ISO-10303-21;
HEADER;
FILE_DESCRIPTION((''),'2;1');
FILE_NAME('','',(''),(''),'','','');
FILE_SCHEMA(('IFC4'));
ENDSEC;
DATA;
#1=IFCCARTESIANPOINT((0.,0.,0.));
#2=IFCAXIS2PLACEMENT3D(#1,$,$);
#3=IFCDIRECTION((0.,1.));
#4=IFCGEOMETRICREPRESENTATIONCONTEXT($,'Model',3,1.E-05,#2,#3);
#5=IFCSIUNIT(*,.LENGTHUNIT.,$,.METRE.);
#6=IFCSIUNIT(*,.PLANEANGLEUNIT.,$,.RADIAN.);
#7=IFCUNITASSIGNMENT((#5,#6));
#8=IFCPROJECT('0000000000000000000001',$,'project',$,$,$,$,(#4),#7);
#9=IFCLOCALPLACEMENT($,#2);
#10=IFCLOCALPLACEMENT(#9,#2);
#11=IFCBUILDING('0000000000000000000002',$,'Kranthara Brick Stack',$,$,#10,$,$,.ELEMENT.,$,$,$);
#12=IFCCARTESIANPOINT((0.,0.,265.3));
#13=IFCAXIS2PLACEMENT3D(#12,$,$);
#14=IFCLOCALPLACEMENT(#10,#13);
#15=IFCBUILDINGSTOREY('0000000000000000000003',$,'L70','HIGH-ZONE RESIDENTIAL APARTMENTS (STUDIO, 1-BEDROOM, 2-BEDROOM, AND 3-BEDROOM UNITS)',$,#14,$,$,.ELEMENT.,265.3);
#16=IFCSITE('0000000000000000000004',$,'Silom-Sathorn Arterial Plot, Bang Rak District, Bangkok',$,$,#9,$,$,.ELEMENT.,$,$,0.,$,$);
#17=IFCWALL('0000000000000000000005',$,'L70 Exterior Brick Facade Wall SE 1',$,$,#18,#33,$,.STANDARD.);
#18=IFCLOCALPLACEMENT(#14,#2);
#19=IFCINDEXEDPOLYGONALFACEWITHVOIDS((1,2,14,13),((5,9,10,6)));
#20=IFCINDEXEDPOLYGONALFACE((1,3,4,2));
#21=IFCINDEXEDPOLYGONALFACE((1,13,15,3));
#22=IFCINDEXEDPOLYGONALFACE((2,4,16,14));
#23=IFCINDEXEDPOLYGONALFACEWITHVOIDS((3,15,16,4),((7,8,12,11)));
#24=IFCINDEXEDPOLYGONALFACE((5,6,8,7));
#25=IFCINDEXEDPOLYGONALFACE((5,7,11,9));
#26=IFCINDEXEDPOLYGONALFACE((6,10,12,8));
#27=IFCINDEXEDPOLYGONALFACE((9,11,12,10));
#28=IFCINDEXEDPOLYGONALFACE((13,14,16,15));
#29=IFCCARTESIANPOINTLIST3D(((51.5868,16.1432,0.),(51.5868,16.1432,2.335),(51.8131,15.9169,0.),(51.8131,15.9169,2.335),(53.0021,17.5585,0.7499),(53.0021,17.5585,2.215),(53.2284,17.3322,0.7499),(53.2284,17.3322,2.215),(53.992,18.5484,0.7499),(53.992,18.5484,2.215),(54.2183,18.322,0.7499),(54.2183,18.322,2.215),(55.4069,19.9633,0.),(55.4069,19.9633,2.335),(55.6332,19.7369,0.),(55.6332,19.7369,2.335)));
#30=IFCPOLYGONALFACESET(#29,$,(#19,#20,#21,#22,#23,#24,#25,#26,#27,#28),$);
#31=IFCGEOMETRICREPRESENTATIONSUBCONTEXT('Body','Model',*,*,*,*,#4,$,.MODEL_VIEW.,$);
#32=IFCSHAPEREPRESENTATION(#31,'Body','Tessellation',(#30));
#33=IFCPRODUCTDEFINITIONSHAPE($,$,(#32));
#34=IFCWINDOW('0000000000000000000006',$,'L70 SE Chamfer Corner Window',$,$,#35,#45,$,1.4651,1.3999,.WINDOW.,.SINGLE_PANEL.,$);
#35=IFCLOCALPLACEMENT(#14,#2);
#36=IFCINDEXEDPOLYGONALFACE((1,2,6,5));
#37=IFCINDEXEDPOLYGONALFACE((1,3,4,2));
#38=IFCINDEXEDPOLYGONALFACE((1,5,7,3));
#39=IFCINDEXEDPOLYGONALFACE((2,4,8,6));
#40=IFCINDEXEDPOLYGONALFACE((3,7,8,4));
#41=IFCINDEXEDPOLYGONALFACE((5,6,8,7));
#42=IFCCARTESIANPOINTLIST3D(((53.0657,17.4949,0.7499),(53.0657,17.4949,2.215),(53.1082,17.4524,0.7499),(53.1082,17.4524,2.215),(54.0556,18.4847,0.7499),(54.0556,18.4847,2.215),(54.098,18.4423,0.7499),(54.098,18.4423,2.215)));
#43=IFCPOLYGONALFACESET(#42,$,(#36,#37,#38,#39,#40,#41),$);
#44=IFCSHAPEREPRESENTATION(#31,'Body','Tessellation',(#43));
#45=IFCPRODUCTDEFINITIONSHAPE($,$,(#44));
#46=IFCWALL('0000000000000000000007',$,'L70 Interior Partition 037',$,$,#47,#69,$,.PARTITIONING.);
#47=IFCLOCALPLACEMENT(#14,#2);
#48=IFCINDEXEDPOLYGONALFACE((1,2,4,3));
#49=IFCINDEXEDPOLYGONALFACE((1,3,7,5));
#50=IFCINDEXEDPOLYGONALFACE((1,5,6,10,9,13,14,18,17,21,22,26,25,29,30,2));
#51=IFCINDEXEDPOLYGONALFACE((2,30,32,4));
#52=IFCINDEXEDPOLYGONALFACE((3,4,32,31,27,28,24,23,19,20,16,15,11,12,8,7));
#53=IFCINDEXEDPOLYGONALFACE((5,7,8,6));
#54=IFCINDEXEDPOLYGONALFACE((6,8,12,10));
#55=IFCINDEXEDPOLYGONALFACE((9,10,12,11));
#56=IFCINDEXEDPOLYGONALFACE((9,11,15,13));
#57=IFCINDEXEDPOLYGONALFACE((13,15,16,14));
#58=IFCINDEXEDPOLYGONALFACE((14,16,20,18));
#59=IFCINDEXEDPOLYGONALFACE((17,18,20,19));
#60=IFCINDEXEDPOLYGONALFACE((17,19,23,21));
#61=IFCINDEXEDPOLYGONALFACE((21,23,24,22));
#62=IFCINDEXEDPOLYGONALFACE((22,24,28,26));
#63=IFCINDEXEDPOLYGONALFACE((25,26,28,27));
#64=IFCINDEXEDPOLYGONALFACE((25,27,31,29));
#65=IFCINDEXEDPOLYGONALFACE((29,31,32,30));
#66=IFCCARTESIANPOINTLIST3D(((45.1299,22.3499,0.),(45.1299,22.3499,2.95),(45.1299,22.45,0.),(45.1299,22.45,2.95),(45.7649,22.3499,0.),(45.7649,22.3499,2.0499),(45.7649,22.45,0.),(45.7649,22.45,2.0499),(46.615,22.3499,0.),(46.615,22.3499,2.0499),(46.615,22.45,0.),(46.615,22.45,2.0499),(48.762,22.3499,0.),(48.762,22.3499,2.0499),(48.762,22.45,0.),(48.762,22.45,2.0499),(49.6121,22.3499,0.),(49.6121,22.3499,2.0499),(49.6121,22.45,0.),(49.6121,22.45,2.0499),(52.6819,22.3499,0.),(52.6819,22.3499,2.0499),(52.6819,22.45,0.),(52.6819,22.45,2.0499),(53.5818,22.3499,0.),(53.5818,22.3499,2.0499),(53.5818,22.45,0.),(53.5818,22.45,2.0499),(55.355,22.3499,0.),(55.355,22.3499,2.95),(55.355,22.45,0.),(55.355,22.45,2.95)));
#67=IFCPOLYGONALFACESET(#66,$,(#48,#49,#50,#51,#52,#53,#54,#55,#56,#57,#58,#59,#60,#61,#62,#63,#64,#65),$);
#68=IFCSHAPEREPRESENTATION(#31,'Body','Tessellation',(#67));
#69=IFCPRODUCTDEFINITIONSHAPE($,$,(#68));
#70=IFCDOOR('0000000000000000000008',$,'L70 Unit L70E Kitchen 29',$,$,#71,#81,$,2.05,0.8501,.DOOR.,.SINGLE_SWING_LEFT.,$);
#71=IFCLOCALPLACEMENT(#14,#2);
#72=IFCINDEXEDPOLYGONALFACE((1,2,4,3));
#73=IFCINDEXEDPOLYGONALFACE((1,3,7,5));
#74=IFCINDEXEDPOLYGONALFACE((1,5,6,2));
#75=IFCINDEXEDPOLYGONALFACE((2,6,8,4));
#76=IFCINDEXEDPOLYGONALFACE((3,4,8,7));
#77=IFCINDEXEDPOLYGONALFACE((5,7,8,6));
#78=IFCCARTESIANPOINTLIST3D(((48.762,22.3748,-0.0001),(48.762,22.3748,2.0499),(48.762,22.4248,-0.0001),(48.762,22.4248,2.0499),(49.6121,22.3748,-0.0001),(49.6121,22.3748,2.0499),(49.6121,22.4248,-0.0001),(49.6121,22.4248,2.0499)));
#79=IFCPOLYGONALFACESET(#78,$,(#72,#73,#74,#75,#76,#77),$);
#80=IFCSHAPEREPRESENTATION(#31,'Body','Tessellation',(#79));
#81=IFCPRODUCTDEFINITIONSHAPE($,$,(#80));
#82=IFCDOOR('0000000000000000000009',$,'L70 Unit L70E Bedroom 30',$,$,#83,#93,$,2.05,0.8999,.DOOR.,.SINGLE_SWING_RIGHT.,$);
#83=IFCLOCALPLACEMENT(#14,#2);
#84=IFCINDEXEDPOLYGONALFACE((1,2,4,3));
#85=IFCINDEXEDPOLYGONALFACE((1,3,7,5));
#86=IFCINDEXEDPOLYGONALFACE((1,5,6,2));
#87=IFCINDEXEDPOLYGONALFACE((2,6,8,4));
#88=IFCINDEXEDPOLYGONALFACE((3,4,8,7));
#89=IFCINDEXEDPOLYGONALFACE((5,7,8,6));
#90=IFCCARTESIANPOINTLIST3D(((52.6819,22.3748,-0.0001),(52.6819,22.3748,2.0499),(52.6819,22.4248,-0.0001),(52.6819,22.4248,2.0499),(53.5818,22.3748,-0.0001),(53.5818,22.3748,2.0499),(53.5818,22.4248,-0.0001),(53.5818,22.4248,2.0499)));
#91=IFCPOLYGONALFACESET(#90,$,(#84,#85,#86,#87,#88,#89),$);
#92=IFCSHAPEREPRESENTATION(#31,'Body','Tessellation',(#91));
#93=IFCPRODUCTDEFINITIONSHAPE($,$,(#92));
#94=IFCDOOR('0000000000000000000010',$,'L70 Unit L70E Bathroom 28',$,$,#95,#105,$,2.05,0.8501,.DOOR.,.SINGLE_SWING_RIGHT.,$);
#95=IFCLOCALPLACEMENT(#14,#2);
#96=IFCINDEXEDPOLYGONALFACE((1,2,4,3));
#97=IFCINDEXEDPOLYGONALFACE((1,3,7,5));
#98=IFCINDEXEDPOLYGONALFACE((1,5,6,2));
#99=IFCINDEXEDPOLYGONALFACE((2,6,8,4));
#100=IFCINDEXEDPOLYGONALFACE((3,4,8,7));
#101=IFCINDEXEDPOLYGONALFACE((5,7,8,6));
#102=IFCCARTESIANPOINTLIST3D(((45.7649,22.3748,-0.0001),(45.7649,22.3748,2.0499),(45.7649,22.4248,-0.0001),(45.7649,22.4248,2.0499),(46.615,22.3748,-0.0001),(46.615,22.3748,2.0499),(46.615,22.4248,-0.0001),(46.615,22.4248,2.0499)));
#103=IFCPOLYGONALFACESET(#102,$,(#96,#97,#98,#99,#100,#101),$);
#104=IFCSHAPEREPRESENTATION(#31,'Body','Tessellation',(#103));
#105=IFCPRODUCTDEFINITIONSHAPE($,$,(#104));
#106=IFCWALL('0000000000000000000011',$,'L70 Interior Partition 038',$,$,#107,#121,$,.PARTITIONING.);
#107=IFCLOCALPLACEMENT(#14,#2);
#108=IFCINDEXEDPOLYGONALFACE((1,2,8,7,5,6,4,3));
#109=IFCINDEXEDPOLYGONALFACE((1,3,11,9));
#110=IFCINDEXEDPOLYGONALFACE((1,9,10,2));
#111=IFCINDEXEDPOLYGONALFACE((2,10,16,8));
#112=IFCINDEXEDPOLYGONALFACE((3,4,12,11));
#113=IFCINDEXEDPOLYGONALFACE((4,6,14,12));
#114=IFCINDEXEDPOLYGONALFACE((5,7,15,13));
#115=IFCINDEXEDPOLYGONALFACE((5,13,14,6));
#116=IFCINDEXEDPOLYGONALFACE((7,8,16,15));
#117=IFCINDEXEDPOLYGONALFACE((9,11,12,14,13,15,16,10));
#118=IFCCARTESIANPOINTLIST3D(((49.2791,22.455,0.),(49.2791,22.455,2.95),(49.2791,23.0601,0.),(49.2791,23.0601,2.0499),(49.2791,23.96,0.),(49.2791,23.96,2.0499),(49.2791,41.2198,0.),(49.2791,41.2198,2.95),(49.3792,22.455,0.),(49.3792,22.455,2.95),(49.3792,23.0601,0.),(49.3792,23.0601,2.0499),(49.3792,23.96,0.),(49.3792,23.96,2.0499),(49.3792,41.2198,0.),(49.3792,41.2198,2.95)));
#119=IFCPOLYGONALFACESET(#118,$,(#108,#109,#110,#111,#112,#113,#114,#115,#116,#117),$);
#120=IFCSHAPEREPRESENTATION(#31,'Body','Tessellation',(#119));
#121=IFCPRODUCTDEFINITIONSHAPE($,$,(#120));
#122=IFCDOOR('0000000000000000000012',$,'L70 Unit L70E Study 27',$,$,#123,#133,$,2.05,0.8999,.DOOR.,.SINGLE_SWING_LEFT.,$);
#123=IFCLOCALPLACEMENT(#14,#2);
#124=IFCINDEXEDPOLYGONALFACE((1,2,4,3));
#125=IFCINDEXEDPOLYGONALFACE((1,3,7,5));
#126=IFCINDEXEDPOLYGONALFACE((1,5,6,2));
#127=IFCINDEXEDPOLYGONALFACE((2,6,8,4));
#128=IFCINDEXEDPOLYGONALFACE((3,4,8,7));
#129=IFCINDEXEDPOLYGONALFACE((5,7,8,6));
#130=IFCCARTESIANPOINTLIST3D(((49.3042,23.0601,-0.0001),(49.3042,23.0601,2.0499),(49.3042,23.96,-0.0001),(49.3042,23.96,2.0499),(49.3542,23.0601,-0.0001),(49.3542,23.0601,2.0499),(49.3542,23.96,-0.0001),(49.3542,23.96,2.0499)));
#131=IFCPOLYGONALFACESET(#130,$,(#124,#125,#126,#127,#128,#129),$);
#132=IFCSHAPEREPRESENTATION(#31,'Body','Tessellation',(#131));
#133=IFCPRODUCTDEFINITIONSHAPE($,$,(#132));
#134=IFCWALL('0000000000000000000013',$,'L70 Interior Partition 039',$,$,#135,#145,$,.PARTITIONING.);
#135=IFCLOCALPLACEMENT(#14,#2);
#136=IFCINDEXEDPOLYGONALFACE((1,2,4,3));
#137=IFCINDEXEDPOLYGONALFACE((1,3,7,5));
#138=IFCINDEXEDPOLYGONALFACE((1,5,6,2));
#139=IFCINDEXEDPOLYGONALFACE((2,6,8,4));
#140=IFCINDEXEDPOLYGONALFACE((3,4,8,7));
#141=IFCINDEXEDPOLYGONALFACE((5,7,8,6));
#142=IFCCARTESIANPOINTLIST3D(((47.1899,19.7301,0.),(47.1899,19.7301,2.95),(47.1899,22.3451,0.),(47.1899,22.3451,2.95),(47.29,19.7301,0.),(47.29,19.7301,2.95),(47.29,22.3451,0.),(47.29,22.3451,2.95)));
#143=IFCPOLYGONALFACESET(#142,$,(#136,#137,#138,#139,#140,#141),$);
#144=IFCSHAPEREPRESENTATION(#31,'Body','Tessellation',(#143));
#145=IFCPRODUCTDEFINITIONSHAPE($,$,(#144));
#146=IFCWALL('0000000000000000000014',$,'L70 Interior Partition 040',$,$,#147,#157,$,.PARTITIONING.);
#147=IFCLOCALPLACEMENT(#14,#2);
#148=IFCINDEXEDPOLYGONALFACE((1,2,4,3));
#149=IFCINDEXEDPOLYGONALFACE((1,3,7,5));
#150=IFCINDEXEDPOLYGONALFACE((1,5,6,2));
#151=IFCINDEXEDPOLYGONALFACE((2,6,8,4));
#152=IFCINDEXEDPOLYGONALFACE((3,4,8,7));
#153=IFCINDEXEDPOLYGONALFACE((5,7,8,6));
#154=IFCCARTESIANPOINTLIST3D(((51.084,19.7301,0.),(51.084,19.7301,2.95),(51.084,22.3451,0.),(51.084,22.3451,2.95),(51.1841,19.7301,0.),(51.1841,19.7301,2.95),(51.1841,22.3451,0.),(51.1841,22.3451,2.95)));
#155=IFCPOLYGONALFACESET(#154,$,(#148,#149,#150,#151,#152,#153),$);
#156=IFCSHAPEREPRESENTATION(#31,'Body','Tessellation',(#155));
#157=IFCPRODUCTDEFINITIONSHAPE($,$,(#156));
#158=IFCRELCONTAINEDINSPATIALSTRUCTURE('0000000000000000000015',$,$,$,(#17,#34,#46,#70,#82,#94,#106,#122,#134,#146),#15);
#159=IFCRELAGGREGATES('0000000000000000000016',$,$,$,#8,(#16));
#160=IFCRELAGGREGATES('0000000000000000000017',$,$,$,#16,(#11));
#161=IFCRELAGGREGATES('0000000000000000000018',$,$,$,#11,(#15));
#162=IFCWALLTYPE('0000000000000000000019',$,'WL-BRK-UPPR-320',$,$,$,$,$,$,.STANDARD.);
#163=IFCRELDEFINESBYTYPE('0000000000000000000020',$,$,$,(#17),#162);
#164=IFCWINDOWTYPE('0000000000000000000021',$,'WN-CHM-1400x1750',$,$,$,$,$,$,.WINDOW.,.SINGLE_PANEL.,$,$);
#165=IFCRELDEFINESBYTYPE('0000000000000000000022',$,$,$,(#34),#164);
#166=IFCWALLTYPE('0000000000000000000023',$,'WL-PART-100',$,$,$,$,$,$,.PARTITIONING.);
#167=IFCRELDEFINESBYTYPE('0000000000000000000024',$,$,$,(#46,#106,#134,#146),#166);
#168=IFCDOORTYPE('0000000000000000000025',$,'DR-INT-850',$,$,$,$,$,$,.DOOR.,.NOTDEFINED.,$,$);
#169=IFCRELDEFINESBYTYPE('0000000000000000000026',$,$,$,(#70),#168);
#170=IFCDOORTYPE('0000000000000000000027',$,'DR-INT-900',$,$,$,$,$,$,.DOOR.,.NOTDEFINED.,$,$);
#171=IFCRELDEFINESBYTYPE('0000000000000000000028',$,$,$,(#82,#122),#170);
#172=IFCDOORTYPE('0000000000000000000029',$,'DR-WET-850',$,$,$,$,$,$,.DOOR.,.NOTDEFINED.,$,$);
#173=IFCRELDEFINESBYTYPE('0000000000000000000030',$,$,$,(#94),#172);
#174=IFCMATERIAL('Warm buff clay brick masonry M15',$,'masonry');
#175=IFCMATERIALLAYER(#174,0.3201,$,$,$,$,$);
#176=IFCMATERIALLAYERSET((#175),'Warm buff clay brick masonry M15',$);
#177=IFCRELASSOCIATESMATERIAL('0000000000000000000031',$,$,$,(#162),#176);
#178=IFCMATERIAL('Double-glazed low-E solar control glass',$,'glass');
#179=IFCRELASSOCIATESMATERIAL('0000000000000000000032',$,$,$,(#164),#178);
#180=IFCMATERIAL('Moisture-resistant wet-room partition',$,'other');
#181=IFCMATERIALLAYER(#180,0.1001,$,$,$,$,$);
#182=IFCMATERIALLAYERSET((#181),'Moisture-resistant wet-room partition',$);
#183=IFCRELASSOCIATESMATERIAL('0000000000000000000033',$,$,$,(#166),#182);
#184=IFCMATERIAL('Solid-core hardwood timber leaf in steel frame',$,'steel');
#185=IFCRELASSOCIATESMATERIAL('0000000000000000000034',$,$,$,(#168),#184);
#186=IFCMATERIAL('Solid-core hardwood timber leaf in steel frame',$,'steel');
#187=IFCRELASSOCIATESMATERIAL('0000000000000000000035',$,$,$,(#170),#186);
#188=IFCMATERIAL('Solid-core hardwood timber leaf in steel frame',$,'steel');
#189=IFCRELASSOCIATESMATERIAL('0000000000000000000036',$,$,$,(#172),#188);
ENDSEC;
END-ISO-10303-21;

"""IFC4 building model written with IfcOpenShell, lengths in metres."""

from ifc_helpers import new_model, si_unit, direction, frame, frame_2d, origin, place, context, subcontext, project, spatial, rectangle, extrude, material, layer, layer_set, type_object, element, fill, save


model = new_model("IFC4")

# Units and contexts
model_context = context("Model", 3, precision=1e-05, world=origin(), true_north=direction((0.0, 1.0)))
body_context = subcontext(model_context, "Body", "Model", "MODEL_VIEW")
ifc_project = project(units=[si_unit("LENGTHUNIT", "METRE"), si_unit("PLANEANGLEUNIT", "RADIAN")], contexts=[model_context])

# Site, building, storey
site_placement = place(None, origin())
site = spatial("IfcSite", under=ifc_project, at=site_placement, Name="Silom-Sathorn Arterial Plot, Bang Rak District, Bangkok", CompositionType="ELEMENT", RefElevation=0.0)
building_placement = place(site_placement, origin())
building = spatial("IfcBuilding", under=site, at=building_placement, Name="Kranthara Brick Stack", CompositionType="ELEMENT")
storey_placement = place(building_placement, frame((0.0, 0.0, 265.3)))
storey = spatial("IfcBuildingStorey", under=building, at=storey_placement, Name="L70", Description="HIGH-ZONE RESIDENTIAL APARTMENTS (STUDIO, 1-BEDROOM, 2-BEDROOM, AND 3-BEDROOM UNITS)", CompositionType="ELEMENT", Elevation=265.3)

# Shared definitions
ifc_material_1 = material(Name="Warm buff clay brick masonry M15", Category="masonry")
ifc_layer_1 = layer(ifc_material_1, 0.3201)
ifc_layer_set_1 = layer_set([ifc_layer_1], Name="Warm buff clay brick masonry M15")
wall_type_1 = type_object("IfcWallType", Name="WL-BRK-UPPR-320", PredefinedType="STANDARD", material=ifc_layer_set_1)

# Wall, opening, window
wall_1_placement = place(storey_placement, frame((55.52, 19.8501, 0.0), z_axis=(0.0, 0.0, 1.0), x_axis=(-0.707107, -0.707107, 0.0)))
wall_1 = element("IfcWall", 1, at=wall_1_placement, inside=storey, type_object=wall_type_1, Name="L70 Exterior Brick Facade Wall SE 1", PredefinedType="STANDARD", context=body_context, shape_type="SweptSolid", body=[
    extrude(rectangle(XDim=5.4023, YDim=0.3201, at=frame_2d((2.7012, 0.0))), origin(), (0.0, 0.0, 1.0), 2.335),
])
opening_1_placement = place(wall_1_placement, frame((2.001, 0.0, 0.75)))
opening_1 = element("IfcOpeningElement", 2, at=opening_1_placement, cuts=wall_1, PredefinedType="OPENING", context=body_context, shape_type="SweptSolid", body=[
    extrude(rectangle(XDim=1.3999, YDim=1.4651, at=frame_2d((0.7, 0.7324))), frame((0.0, 0.1699, 0.0), z_axis=(0.0, -1.0, 0.0), x_axis=(1.0, 0.0, 0.0)), (0.0, 0.0, 1.0), 0.3401),
])
ifc_material_2 = material(Name="Double-glazed low-E solar control glass", Category="glass")
window_type_1 = type_object("IfcWindowType", Name="WN-CHM-1400x1750", PartitioningType="SINGLE_PANEL", PredefinedType="WINDOW", material=ifc_material_2)
window_1_placement = place(opening_1_placement, origin())
window_1 = element("IfcWindow", 3, at=window_1_placement, inside=storey, type_object=window_type_1, Name="L70 SE Chamfer Corner Window", OverallHeight=1.4651, OverallWidth=1.3999, PartitioningType="SINGLE_PANEL", PredefinedType="WINDOW", context=body_context, shape_type="SweptSolid", body=[
    extrude(rectangle(XDim=1.3999, YDim=1.4651, at=frame_2d((0.7, 0.7324))), frame((0.0, -0.01, 0.0), z_axis=(0.0, -1.0, 0.0), x_axis=(1.0, 0.0, 0.0)), (0.0, 0.0, 1.0), 0.0601),
])
fill(opening_1, window_1)

# Wall, openings, doors
ifc_material_3 = material(Name="Moisture-resistant wet-room partition", Category="other")
ifc_layer_2 = layer(ifc_material_3, 0.1001)
ifc_layer_set_2 = layer_set([ifc_layer_2], Name="Moisture-resistant wet-room partition")
wall_type_2 = type_object("IfcWallType", Name="WL-PART-100", PredefinedType="PARTITIONING", material=ifc_layer_set_2)
wall_2_placement = place(storey_placement, frame((45.1299, 22.3999, 0.0), z_axis=(0.0, 0.0, 1.0), x_axis=(1.0, 0.0, 0.0)))
wall_2 = element("IfcWall", 4, at=wall_2_placement, inside=storey, type_object=wall_type_2, Name="L70 Interior Partition 037", PredefinedType="PARTITIONING", context=body_context, shape_type="SweptSolid", body=[
    extrude(rectangle(XDim=10.2251, YDim=0.1001, at=frame_2d((5.1125, 0.0))), origin(), (0.0, 0.0, 1.0), 2.95),
])
opening_2_placement = place(wall_2_placement, frame((0.635, 0.0, 0.0)))
opening_2 = element("IfcOpeningElement", 5, at=opening_2_placement, cuts=wall_2, PredefinedType="OPENING", context=body_context, shape_type="SweptSolid", body=[
    extrude(rectangle(XDim=0.8501, YDim=2.05, at=frame_2d((0.425, 1.0249))), frame((0.0, 0.0601, 0.0), z_axis=(0.0, -1.0, 0.0), x_axis=(1.0, 0.0, 0.0)), (0.0, 0.0, 1.0), 0.1201),
])
opening_3_placement = place(wall_2_placement, frame((3.6321, 0.0, 0.0)))
opening_3 = element("IfcOpeningElement", 6, at=opening_3_placement, cuts=wall_2, PredefinedType="OPENING", context=body_context, shape_type="SweptSolid", body=[
    extrude(rectangle(XDim=0.8501, YDim=2.05, at=frame_2d((0.425, 1.0249))), frame((0.0, 0.0601, 0.0), z_axis=(0.0, -1.0, 0.0), x_axis=(1.0, 0.0, 0.0)), (0.0, 0.0, 1.0), 0.1201),
])
opening_4_placement = place(wall_2_placement, frame((7.552, 0.0, 0.0)))
opening_4 = element("IfcOpeningElement", 7, at=opening_4_placement, cuts=wall_2, PredefinedType="OPENING", context=body_context, shape_type="SweptSolid", body=[
    extrude(rectangle(XDim=0.8999, YDim=2.05, at=frame_2d((0.45, 1.0249))), frame((0.0, 0.0601, 0.0), z_axis=(0.0, -1.0, 0.0), x_axis=(1.0, 0.0, 0.0)), (0.0, 0.0, 1.0), 0.1201),
])
ifc_material_4 = material(Name="Solid-core hardwood timber leaf in steel frame", Category="steel")
door_type_1 = type_object("IfcDoorType", Name="DR-INT-850", OperationType="NOTDEFINED", PredefinedType="DOOR", material=ifc_material_4)
door_1_placement = place(opening_3_placement, origin())
door_1 = element("IfcDoor", 8, at=door_1_placement, inside=storey, type_object=door_type_1, Name="L70 Unit L70E Kitchen 29", OperationType="SINGLE_SWING_LEFT", OverallHeight=2.05, OverallWidth=0.8501, PredefinedType="DOOR", context=body_context, shape_type="SweptSolid", body=[
    extrude(rectangle(XDim=0.8501, YDim=2.05, at=frame_2d((0.425, 1.0249))), frame((0.0, 0.0249, 0.0), z_axis=(0.0, -1.0, 0.0), x_axis=(1.0, 0.0, 0.0)), (0.0, 0.0, 1.0), 0.05),
])
fill(opening_3, door_1)
ifc_material_5 = material(Name="Solid-core hardwood timber leaf in steel frame", Category="steel")
door_type_2 = type_object("IfcDoorType", Name="DR-INT-900", OperationType="NOTDEFINED", PredefinedType="DOOR", material=ifc_material_5)
door_2_placement = place(opening_4_placement, origin())
door_2 = element("IfcDoor", 9, at=door_2_placement, inside=storey, type_object=door_type_2, Name="L70 Unit L70E Bedroom 30", OperationType="SINGLE_SWING_RIGHT", OverallHeight=2.05, OverallWidth=0.8999, PredefinedType="DOOR", context=body_context, shape_type="SweptSolid", body=[
    extrude(rectangle(XDim=0.8999, YDim=2.05, at=frame_2d((0.45, 1.0249))), frame((0.0, 0.0249, 0.0), z_axis=(0.0, -1.0, 0.0), x_axis=(1.0, 0.0, 0.0)), (0.0, 0.0, 1.0), 0.05),
])
fill(opening_4, door_2)
ifc_material_6 = material(Name="Solid-core hardwood timber leaf in steel frame", Category="steel")
door_type_3 = type_object("IfcDoorType", Name="DR-WET-850", OperationType="NOTDEFINED", PredefinedType="DOOR", material=ifc_material_6)
door_3_placement = place(opening_2_placement, origin())
door_3 = element("IfcDoor", 10, at=door_3_placement, inside=storey, type_object=door_type_3, Name="L70 Unit L70E Bathroom 28", OperationType="SINGLE_SWING_RIGHT", OverallHeight=2.05, OverallWidth=0.8501, PredefinedType="DOOR", context=body_context, shape_type="SweptSolid", body=[
    extrude(rectangle(XDim=0.8501, YDim=2.05, at=frame_2d((0.425, 1.0249))), frame((0.0, 0.0249, 0.0), z_axis=(0.0, -1.0, 0.0), x_axis=(1.0, 0.0, 0.0)), (0.0, 0.0, 1.0), 0.05),
])
fill(opening_2, door_3)

# Wall, opening, door
wall_3_placement = place(storey_placement, frame((49.3291, 22.4551, 0.0), z_axis=(0.0, 0.0, 1.0), x_axis=(0.0, 1.0, 0.0)))
wall_3 = element("IfcWall", 11, at=wall_3_placement, inside=storey, type_object=wall_type_2, Name="L70 Interior Partition 038", PredefinedType="PARTITIONING", context=body_context, shape_type="SweptSolid", body=[
    extrude(rectangle(XDim=18.7649, YDim=0.1001, at=frame_2d((9.3823, 0.0))), origin(), (0.0, 0.0, 1.0), 2.95),
])
opening_5_placement = place(wall_3_placement, frame((0.605, 0.0, 0.0)))
opening_5 = element("IfcOpeningElement", 12, at=opening_5_placement, cuts=wall_3, PredefinedType="OPENING", context=body_context, shape_type="SweptSolid", body=[
    extrude(rectangle(XDim=0.8999, YDim=2.05, at=frame_2d((0.45, 1.0249))), frame((0.0, 0.0601, 0.0), z_axis=(0.0, -1.0, 0.0), x_axis=(1.0, 0.0, 0.0)), (0.0, 0.0, 1.0), 0.1201),
])
door_4_placement = place(opening_5_placement, origin())
door_4 = element("IfcDoor", 13, at=door_4_placement, inside=storey, type_object=door_type_2, Name="L70 Unit L70E Study 27", OperationType="SINGLE_SWING_LEFT", OverallHeight=2.05, OverallWidth=0.8999, PredefinedType="DOOR", context=body_context, shape_type="SweptSolid", body=[
    extrude(rectangle(XDim=0.8999, YDim=2.05, at=frame_2d((0.45, 1.0249))), frame((0.0, 0.0249, 0.0), z_axis=(0.0, -1.0, 0.0), x_axis=(1.0, 0.0, 0.0)), (0.0, 0.0, 1.0), 0.05),
])
fill(opening_5, door_4)

# Walls
for number, where, z_axis, x_axis, name in (
    (14, (47.24, 19.73, 0.0), (0.0, 0.0, 1.0), (0.0, 1.0, 0.0), "L70 Interior Partition 039"),
    (15, (51.134, 19.73, 0.0), (0.0, 0.0, 1.0), (0.0, 1.0, 0.0), "L70 Interior Partition 040"),
):
    element("IfcWall", number, at=place(storey_placement, frame(where, z_axis=z_axis, x_axis=x_axis)), inside=storey, type_object=wall_type_2, Name=name, PredefinedType="PARTITIONING", context=body_context, shape_type="SweptSolid", body=[
        extrude(rectangle(XDim=2.615, YDim=0.1001, at=frame_2d((1.3076, 0.0))), origin(), (0.0, 0.0, 1.0), 2.95),
    ])

save(model, "model.ifc")
